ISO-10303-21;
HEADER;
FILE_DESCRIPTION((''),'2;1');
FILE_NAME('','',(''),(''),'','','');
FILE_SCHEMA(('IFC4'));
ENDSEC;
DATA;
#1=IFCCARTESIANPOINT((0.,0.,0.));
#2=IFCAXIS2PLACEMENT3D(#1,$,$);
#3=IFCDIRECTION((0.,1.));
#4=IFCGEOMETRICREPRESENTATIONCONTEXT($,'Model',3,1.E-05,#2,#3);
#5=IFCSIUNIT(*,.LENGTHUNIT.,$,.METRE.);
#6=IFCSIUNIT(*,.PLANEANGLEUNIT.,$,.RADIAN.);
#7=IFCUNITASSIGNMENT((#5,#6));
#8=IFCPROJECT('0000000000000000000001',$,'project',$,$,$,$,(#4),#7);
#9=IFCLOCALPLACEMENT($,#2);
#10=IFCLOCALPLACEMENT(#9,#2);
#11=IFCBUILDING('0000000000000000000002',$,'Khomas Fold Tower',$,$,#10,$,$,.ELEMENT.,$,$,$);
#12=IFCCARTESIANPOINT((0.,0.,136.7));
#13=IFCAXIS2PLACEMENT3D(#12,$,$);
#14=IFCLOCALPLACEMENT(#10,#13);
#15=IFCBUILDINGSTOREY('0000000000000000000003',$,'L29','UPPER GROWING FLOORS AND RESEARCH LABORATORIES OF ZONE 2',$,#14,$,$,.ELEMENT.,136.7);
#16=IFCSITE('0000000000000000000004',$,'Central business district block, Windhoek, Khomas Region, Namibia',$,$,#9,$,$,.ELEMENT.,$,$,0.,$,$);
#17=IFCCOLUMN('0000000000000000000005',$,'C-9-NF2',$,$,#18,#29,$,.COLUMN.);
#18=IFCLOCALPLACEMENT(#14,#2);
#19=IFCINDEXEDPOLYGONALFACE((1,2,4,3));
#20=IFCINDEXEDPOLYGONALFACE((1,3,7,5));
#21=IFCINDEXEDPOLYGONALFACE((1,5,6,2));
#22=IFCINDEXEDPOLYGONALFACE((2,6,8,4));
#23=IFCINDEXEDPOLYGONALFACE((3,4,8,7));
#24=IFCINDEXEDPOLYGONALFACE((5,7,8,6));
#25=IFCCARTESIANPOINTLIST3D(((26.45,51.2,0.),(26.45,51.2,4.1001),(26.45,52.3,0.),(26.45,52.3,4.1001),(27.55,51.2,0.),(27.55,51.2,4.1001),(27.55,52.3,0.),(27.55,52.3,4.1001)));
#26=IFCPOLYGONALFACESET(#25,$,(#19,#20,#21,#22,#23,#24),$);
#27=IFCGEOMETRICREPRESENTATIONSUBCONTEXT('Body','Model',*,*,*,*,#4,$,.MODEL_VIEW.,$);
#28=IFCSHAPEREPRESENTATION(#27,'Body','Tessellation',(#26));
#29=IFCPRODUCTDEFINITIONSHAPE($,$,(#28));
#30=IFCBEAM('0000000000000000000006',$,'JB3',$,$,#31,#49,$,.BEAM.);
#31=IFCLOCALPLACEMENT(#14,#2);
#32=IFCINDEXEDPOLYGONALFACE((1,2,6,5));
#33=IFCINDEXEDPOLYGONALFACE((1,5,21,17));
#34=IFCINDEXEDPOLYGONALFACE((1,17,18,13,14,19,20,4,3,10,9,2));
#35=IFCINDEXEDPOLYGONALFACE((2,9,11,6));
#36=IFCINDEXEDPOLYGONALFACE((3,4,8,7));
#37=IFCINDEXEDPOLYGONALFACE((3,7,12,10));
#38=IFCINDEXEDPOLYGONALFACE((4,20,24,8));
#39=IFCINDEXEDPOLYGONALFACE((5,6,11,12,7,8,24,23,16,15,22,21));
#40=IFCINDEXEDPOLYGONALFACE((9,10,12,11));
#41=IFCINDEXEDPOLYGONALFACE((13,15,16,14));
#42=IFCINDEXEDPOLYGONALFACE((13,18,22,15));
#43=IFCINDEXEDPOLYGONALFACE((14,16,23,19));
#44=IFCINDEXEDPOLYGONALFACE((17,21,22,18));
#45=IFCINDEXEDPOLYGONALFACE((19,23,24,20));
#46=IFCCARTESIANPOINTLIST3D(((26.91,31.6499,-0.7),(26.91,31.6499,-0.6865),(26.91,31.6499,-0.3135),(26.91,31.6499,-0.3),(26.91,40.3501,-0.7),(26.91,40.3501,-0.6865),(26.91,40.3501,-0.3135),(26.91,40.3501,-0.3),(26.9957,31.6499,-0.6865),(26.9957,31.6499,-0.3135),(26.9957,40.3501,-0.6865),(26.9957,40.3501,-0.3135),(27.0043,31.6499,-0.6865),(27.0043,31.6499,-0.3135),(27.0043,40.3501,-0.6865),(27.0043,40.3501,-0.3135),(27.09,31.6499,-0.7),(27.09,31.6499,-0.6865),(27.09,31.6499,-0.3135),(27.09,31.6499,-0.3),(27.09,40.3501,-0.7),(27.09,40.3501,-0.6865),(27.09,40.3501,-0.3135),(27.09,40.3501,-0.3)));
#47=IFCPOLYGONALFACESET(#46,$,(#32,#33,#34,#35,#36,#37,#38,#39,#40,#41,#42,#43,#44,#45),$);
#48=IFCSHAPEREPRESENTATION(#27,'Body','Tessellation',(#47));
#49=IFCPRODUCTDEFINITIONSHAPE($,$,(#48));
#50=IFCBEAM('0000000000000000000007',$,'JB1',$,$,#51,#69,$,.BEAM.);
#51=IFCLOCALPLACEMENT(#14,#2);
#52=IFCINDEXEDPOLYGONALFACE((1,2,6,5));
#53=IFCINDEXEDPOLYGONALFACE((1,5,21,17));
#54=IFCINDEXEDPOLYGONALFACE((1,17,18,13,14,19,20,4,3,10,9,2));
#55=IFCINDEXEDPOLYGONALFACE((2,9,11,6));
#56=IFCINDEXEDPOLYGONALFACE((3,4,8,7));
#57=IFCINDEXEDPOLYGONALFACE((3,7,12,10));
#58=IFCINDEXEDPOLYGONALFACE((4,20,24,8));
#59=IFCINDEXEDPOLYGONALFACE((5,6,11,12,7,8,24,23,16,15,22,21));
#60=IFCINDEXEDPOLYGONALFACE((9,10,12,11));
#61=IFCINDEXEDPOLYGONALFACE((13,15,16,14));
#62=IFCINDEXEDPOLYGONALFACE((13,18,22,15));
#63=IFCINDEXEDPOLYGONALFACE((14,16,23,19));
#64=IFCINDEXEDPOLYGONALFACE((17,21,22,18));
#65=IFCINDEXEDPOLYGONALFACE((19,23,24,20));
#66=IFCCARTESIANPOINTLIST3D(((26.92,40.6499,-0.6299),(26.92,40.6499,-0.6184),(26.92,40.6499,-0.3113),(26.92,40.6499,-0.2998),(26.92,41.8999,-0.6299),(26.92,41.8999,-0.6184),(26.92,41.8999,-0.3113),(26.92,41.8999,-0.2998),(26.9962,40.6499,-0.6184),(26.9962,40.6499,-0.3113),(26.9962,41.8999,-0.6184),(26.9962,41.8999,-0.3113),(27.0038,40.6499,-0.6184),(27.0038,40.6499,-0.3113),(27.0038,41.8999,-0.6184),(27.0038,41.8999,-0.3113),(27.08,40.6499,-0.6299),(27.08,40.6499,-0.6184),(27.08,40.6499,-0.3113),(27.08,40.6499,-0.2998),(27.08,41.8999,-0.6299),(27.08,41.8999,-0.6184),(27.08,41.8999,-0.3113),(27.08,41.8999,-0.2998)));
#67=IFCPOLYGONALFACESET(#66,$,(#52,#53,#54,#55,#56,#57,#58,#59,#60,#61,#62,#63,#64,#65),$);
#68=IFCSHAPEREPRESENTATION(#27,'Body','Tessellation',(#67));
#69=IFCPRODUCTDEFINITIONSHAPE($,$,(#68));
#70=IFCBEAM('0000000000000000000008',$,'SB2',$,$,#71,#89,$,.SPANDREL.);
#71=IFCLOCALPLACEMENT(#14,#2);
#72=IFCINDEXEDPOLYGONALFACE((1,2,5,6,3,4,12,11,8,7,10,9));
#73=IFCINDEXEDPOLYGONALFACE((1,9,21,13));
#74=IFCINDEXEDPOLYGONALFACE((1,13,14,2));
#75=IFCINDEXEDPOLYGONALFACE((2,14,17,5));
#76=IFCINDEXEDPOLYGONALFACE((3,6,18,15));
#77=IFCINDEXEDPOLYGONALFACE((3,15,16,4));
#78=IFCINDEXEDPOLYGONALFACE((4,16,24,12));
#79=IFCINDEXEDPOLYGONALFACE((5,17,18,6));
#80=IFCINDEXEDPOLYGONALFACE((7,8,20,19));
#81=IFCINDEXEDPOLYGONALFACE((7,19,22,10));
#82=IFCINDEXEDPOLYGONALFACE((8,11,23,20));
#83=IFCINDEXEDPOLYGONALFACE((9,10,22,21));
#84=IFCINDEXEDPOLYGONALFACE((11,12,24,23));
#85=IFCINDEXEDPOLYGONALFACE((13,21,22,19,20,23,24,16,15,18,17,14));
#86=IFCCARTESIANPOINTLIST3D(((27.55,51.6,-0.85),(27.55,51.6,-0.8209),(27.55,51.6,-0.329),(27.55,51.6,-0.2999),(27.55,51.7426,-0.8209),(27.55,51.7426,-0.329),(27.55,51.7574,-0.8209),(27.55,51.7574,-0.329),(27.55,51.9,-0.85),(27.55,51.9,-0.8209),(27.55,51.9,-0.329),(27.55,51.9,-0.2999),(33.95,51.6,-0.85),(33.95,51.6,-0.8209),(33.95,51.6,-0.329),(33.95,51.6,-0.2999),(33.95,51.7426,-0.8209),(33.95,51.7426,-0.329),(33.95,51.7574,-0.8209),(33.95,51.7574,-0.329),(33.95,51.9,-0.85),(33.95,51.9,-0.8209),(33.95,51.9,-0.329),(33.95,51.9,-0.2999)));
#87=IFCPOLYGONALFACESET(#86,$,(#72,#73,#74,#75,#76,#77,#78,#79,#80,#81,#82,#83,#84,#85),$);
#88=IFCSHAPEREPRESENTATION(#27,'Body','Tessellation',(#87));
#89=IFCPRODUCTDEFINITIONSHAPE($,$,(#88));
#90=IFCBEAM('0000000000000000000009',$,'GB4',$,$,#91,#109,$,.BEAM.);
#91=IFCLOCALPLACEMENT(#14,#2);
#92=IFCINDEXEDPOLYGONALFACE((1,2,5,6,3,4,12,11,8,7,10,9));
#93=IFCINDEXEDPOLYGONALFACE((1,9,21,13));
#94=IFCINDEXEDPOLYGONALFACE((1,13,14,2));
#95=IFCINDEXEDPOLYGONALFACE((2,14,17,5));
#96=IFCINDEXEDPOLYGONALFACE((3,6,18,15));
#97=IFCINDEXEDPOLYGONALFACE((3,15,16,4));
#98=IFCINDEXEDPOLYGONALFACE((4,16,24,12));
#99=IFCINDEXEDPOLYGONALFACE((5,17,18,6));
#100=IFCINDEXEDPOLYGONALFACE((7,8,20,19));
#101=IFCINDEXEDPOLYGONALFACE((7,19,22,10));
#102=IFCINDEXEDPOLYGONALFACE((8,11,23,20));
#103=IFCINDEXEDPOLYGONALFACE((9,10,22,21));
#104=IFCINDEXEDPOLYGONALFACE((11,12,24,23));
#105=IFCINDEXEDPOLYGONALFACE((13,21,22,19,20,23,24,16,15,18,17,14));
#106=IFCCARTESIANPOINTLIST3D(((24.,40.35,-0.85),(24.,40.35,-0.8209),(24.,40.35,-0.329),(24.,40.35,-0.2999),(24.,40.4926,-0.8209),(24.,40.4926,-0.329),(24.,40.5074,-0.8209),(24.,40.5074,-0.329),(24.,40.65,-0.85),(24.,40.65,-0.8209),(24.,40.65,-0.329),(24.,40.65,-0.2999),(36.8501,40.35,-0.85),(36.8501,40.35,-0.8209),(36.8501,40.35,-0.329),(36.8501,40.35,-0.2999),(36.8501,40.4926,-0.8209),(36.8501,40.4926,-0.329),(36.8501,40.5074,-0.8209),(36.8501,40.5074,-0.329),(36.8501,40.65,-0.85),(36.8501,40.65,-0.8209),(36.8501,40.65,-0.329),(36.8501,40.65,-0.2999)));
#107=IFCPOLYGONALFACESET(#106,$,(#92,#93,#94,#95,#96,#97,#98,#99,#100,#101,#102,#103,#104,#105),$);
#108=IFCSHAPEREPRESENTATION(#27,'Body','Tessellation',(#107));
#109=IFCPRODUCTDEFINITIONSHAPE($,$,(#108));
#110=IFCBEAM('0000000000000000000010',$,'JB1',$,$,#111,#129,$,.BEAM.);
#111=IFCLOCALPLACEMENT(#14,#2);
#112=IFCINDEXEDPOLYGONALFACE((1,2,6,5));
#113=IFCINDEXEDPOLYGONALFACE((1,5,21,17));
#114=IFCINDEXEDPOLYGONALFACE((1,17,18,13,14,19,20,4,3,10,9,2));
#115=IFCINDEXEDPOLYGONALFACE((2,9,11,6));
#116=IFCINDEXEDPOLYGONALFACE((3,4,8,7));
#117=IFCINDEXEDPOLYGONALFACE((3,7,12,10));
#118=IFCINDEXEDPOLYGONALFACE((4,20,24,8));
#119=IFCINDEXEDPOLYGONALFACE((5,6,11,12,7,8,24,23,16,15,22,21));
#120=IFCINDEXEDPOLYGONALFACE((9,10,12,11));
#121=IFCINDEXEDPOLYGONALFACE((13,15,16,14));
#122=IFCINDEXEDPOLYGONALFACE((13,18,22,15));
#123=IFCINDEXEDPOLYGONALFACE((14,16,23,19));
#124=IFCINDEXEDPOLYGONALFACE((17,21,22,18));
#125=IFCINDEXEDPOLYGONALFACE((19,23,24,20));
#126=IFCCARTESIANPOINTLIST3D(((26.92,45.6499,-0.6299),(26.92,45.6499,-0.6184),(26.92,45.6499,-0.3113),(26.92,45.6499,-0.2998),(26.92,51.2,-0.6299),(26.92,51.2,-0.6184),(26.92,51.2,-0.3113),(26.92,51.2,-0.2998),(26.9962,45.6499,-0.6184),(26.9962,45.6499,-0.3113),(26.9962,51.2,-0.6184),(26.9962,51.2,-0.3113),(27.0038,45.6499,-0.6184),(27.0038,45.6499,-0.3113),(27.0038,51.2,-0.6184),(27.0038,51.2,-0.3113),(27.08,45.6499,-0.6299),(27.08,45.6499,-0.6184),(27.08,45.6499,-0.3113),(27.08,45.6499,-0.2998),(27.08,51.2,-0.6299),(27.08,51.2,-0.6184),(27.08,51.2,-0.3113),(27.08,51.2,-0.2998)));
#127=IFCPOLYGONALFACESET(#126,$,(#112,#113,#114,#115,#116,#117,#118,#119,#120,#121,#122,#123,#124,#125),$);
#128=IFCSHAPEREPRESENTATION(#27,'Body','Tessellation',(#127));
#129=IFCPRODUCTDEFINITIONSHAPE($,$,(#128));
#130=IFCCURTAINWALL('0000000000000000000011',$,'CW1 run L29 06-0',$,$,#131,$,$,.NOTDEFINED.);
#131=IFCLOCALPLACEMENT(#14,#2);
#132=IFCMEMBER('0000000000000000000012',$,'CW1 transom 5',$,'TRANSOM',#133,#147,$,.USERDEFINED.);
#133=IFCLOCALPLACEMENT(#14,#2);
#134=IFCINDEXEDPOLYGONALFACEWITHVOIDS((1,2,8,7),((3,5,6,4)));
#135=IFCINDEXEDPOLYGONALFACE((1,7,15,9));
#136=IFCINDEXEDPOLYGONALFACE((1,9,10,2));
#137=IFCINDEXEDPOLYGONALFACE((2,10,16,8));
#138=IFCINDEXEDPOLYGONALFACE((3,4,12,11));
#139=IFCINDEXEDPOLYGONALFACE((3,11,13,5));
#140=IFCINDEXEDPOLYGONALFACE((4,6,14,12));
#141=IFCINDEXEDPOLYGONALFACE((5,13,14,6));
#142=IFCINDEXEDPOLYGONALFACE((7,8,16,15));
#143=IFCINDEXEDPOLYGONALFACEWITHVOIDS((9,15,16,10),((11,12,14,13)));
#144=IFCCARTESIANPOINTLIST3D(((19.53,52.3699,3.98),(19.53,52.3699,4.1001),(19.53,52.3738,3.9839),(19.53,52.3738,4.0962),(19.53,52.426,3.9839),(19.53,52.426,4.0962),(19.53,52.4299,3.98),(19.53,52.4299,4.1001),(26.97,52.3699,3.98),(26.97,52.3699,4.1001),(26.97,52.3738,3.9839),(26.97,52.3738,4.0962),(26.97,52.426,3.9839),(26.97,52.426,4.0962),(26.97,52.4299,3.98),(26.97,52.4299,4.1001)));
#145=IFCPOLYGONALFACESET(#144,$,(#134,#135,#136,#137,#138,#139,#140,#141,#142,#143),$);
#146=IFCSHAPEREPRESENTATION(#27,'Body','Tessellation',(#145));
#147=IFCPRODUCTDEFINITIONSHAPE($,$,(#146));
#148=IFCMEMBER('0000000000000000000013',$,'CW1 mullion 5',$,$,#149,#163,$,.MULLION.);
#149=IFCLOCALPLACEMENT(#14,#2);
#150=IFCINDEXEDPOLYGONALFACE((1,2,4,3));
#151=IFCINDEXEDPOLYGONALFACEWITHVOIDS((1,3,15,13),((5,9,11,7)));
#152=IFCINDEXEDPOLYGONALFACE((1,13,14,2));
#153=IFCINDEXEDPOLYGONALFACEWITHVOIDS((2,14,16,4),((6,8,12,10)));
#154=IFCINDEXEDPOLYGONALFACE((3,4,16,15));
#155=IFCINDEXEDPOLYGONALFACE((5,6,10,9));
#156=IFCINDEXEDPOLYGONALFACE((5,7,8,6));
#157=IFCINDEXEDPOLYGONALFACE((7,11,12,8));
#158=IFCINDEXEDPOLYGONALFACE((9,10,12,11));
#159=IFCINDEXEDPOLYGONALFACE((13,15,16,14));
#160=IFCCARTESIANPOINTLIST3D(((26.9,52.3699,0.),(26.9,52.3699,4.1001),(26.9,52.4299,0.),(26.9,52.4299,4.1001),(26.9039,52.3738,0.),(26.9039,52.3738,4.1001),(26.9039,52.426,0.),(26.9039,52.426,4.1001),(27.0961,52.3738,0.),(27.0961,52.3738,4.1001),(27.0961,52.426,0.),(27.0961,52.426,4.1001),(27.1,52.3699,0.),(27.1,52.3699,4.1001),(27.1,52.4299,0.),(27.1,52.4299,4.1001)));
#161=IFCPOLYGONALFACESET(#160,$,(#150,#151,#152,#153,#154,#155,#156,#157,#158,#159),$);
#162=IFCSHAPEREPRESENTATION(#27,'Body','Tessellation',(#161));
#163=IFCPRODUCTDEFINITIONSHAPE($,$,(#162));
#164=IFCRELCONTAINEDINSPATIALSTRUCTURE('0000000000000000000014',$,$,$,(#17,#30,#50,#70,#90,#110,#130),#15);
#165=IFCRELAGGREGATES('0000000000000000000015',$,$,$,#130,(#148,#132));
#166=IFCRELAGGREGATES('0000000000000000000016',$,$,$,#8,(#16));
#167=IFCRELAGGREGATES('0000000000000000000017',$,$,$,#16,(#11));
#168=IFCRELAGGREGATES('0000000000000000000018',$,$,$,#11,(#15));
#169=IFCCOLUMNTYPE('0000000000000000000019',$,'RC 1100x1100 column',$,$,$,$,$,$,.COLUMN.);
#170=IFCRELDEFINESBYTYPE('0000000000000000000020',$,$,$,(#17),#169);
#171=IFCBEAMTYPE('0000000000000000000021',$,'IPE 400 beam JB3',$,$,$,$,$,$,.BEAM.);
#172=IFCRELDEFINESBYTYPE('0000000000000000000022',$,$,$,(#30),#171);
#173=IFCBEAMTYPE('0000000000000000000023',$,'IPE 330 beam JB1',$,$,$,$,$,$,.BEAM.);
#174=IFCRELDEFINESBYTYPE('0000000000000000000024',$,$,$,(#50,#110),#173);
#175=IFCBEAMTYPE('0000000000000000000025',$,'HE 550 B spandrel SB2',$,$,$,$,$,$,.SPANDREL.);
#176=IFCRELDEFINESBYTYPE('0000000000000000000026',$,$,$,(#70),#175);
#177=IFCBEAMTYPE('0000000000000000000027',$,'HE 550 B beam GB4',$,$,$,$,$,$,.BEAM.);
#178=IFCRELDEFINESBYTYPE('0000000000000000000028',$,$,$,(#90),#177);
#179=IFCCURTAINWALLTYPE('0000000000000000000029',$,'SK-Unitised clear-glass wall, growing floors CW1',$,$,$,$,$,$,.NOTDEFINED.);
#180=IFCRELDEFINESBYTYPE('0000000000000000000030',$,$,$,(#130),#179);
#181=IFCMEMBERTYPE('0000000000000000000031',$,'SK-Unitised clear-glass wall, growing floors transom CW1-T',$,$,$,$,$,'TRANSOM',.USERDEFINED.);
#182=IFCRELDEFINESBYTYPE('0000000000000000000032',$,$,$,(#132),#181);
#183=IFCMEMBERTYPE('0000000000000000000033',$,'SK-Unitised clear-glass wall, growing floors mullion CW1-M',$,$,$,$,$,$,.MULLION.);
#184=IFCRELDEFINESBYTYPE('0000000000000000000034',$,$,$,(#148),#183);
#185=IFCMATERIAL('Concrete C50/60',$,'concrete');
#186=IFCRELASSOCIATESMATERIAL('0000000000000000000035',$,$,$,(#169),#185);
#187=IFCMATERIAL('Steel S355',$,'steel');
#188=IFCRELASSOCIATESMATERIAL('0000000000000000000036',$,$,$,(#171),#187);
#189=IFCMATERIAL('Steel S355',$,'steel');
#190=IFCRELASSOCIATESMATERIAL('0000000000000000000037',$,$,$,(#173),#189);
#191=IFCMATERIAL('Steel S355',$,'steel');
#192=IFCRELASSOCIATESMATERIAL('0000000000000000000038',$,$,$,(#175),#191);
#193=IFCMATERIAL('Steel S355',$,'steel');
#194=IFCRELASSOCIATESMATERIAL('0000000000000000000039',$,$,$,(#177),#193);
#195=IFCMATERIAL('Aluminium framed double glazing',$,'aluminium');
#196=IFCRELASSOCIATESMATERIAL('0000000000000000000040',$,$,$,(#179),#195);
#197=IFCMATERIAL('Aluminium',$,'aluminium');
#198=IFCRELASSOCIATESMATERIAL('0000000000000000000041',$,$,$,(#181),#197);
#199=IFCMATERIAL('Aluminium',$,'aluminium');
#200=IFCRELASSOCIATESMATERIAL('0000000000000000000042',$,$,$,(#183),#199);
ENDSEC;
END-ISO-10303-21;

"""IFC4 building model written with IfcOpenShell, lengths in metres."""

from ifc_helpers import new_model, si_unit, direction, frame, origin, origin_2d, place, context, subcontext, project, spatial, rectangle, hollow_rectangle, i_section, extrude, source, transform, mapped, material, material_profile, profile_set, type_object, element, aggregate, save


model = new_model("IFC4")

# Units and contexts
model_context = context("Model", 3, precision=1e-05, world=origin(), true_north=direction((0.0, 1.0)))
body_context = subcontext(model_context, "Body", "Model", "MODEL_VIEW")
ifc_project = project(units=[si_unit("LENGTHUNIT", "METRE"), si_unit("PLANEANGLEUNIT", "RADIAN")], contexts=[model_context])

# Site, building, storey
site_placement = place(None, origin())
site = spatial("IfcSite", under=ifc_project, at=site_placement, Name="Central business district block, Windhoek, Khomas Region, Namibia", CompositionType="ELEMENT", RefElevation=0.0)
building_placement = place(site_placement, origin())
building = spatial("IfcBuilding", under=site, at=building_placement, Name="Khomas Fold Tower", CompositionType="ELEMENT")
storey_placement = place(building_placement, frame((0.0, 0.0, 136.7)))
storey = spatial("IfcBuildingStorey", under=building, at=storey_placement, Name="L29", Description="UPPER GROWING FLOORS AND RESEARCH LABORATORIES OF ZONE 2", CompositionType="ELEMENT", Elevation=136.7)

# Column
ifc_material_1 = material(Name="Concrete C50/60", Category="concrete")
ifc_material_profile_1 = material_profile(ifc_material_1, rectangle(XDim=1.1001, YDim=1.1001, at=origin_2d()), Name="RC 1100x1100")
ifc_profile_set_1 = profile_set([ifc_material_profile_1], Name="Concrete C50/60")
column_type = type_object("IfcColumnType", Name="RC 1100x1100 column", PredefinedType="COLUMN", material=ifc_profile_set_1)
shared_shape_1 = source(origin(), body_context, "Body", "SweptSolid", [
    extrude(rectangle(XDim=1.1001, YDim=1.1001, at=origin_2d()), origin(), (0.0, 0.0, 1.0), 4.1001),
])
column_placement = place(storey_placement, frame((27.0, 51.75, 0.0), z_axis=(0.0, 0.0, 1.0), x_axis=(1.0, 0.0, 0.0)))
element("IfcColumn", 1, at=column_placement, inside=storey, type_object=column_type, Name="C-9-NF2", PredefinedType="COLUMN", context=body_context, shape_type="MappedRepresentation", body=[
    mapped(shared_shape_1, transform((0.0, 0.0, 0.0))),
])

# Beams
ifc_material_2 = material(Name="Steel S355", Category="steel")
ifc_material_profile_2 = material_profile(ifc_material_2, i_section(OverallWidth=0.1799, OverallDepth=0.3999, WebThickness=0.0085, FlangeThickness=0.0134, at=origin_2d()), Name="IPE 400")
ifc_profile_set_2 = profile_set([ifc_material_profile_2], Name="Steel S355")
beam_type_1 = type_object("IfcBeamType", Name="IPE 400 beam JB3", PredefinedType="BEAM", material=ifc_profile_set_2)
shared_shape_2 = source(origin(), body_context, "Body", "SweptSolid", [
    extrude(i_section(OverallWidth=0.1799, OverallDepth=0.3999, WebThickness=0.0085, FlangeThickness=0.0134, at=origin_2d()), origin(), (0.0, 0.0, 1.0), 8.7002),
])
beam_1_placement = place(storey_placement, frame((27.0, 31.6499, -0.5), z_axis=(0.0, 1.0, 0.0), x_axis=(-1.0, 0.0, 0.0)))
element("IfcBeam", 2, at=beam_1_placement, inside=storey, type_object=beam_type_1, Name="JB3", PredefinedType="BEAM", context=body_context, shape_type="MappedRepresentation", body=[
    mapped(shared_shape_2, transform((0.0, 0.0, 0.0))),
])
ifc_material_3 = material(Name="Steel S355", Category="steel")
ifc_material_profile_3 = material_profile(ifc_material_3, i_section(OverallWidth=0.1599, OverallDepth=0.3301, WebThickness=0.0076, FlangeThickness=0.0115, at=origin_2d()), Name="IPE 330")
ifc_profile_set_3 = profile_set([ifc_material_profile_3], Name="Steel S355")
beam_type_2 = type_object("IfcBeamType", Name="IPE 330 beam JB1", PredefinedType="BEAM", material=ifc_profile_set_3)
shared_shape_3 = source(origin(), body_context, "Body", "SweptSolid", [
    extrude(i_section(OverallWidth=0.1599, OverallDepth=0.3301, WebThickness=0.0076, FlangeThickness=0.0115, at=origin_2d()), origin(), (0.0, 0.0, 1.0), 1.25),
])
beam_2_placement = place(storey_placement, frame((27.0, 40.6499, -0.4648), z_axis=(0.0, 1.0, 0.0), x_axis=(-1.0, 0.0, 0.0)))
element("IfcBeam", 3, at=beam_2_placement, inside=storey, type_object=beam_type_2, Name="JB1", PredefinedType="BEAM", context=body_context, shape_type="MappedRepresentation", body=[
    mapped(shared_shape_3, transform((0.0, 0.0, 0.0))),
])
ifc_material_4 = material(Name="Steel S355", Category="steel")
ifc_material_profile_4 = material_profile(ifc_material_4, i_section(OverallWidth=0.3, OverallDepth=0.55, WebThickness=0.0149, FlangeThickness=0.0291, at=origin_2d()), Name="HE 550 B")
ifc_profile_set_4 = profile_set([ifc_material_profile_4], Name="Steel S355")
beam_type_3 = type_object("IfcBeamType", Name="HE 550 B spandrel SB2", PredefinedType="SPANDREL", material=ifc_profile_set_4)
shared_shape_4 = source(origin(), body_context, "Body", "SweptSolid", [
    extrude(i_section(OverallWidth=0.3, OverallDepth=0.55, WebThickness=0.0149, FlangeThickness=0.0291, at=origin_2d()), origin(), (0.0, 0.0, 1.0), 6.3999),
])
beam_3_placement = place(storey_placement, frame((27.55, 51.75, -0.575), z_axis=(1.0, 0.0, 0.0), x_axis=(0.0, 1.0, 0.0)))
element("IfcBeam", 4, at=beam_3_placement, inside=storey, type_object=beam_type_3, Name="SB2", PredefinedType="SPANDREL", context=body_context, shape_type="MappedRepresentation", body=[
    mapped(shared_shape_4, transform((0.0, 0.0, 0.0))),
])
ifc_material_5 = material(Name="Steel S355", Category="steel")
ifc_material_profile_5 = material_profile(ifc_material_5, i_section(OverallWidth=0.3, OverallDepth=0.55, WebThickness=0.0149, FlangeThickness=0.0291, at=origin_2d()), Name="HE 550 B")
ifc_profile_set_5 = profile_set([ifc_material_profile_5], Name="Steel S355")
beam_type_4 = type_object("IfcBeamType", Name="HE 550 B beam GB4", PredefinedType="BEAM", material=ifc_profile_set_5)
shared_shape_5 = source(origin(), body_context, "Body", "SweptSolid", [
    extrude(i_section(OverallWidth=0.3, OverallDepth=0.55, WebThickness=0.0149, FlangeThickness=0.0291, at=origin_2d()), origin(), (0.0, 0.0, 1.0), 12.8501),
])
beam_4_placement = place(storey_placement, frame((24.0, 40.5, -0.575), z_axis=(1.0, 0.0, 0.0), x_axis=(0.0, 1.0, 0.0)))
element("IfcBeam", 5, at=beam_4_placement, inside=storey, type_object=beam_type_4, Name="GB4", PredefinedType="BEAM", context=body_context, shape_type="MappedRepresentation", body=[
    mapped(shared_shape_5, transform((0.0, 0.0, 0.0))),
])
shared_shape_6 = source(origin(), body_context, "Body", "SweptSolid", [
    extrude(i_section(OverallWidth=0.1599, OverallDepth=0.3301, WebThickness=0.0076, FlangeThickness=0.0115, at=origin_2d()), origin(), (0.0, 0.0, 1.0), 5.55),
])
beam_5_placement = place(storey_placement, frame((27.0, 45.6499, -0.4648), z_axis=(0.0, 1.0, 0.0), x_axis=(-1.0, 0.0, 0.0)))
element("IfcBeam", 6, at=beam_5_placement, inside=storey, type_object=beam_type_2, Name="JB1", PredefinedType="BEAM", context=body_context, shape_type="MappedRepresentation", body=[
    mapped(shared_shape_6, transform((0.0, 0.0, 0.0))),
])

# Curtain wall, members
ifc_material_6 = material(Name="Aluminium framed double glazing", Category="aluminium")
curtain_wall_type = type_object("IfcCurtainWallType", Name="SK-Unitised clear-glass wall, growing floors CW1", PredefinedType="NOTDEFINED", material=ifc_material_6)
curtain_wall_placement = place(storey_placement, origin())
curtain_wall = element("IfcCurtainWall", 7, at=curtain_wall_placement, inside=storey, type_object=curtain_wall_type, Name="CW1 run L29 06-0", PredefinedType="NOTDEFINED")
ifc_material_7 = material(Name="Aluminium", Category="aluminium")
ifc_material_profile_6 = material_profile(ifc_material_7, hollow_rectangle(XDim=0.0601, YDim=0.1201, WallThickness=0.0039, at=origin_2d()), Name="SK-Unitised clear-glass wall, growing floors transom CW1-T")
ifc_profile_set_6 = profile_set([ifc_material_profile_6], Name="Aluminium")
member_type_1 = type_object("IfcMemberType", Name="SK-Unitised clear-glass wall, growing floors transom CW1-T", ElementType="TRANSOM", PredefinedType="USERDEFINED", material=ifc_profile_set_6)
shared_shape_7 = source(origin(), body_context, "Body", "SweptSolid", [
    extrude(hollow_rectangle(XDim=0.0601, YDim=0.1201, WallThickness=0.0039, at=origin_2d()), origin(), (0.0, 0.0, 1.0), 7.4399),
])
member_1_placement = place(storey_placement, frame((26.97, 52.3999, 4.04), z_axis=(-1.0, 0.0, 0.0), x_axis=(0.0, -1.0, 0.0)))
member_1 = element("IfcMember", 8, at=member_1_placement, type_object=member_type_1, Name="CW1 transom 5", ObjectType="TRANSOM", PredefinedType="USERDEFINED", context=body_context, shape_type="MappedRepresentation", body=[
    mapped(shared_shape_7, transform((0.0, 0.0, 0.0))),
])
ifc_material_8 = material(Name="Aluminium", Category="aluminium")
ifc_material_profile_7 = material_profile(ifc_material_8, hollow_rectangle(XDim=0.0601, YDim=0.2, WallThickness=0.0039, at=origin_2d()), Name="SK-Unitised clear-glass wall, growing floors mullion CW1-M")
ifc_profile_set_7 = profile_set([ifc_material_profile_7], Name="Aluminium")
member_type_2 = type_object("IfcMemberType", Name="SK-Unitised clear-glass wall, growing floors mullion CW1-M", PredefinedType="MULLION", material=ifc_profile_set_7)
shared_shape_8 = source(origin(), body_context, "Body", "SweptSolid", [
    extrude(hollow_rectangle(XDim=0.0601, YDim=0.2, WallThickness=0.0039, at=origin_2d()), origin(), (0.0, 0.0, 1.0), 4.1001),
])
member_2_placement = place(storey_placement, frame((27.0, 52.3999, 0.0), z_axis=(0.0, 0.0, 1.0), x_axis=(0.0, -1.0, 0.0)))
member_2 = element("IfcMember", 9, at=member_2_placement, type_object=member_type_2, Name="CW1 mullion 5", PredefinedType="MULLION", context=body_context, shape_type="MappedRepresentation", body=[
    mapped(shared_shape_8, transform((0.0, 0.0, 0.0))),
])
aggregate(curtain_wall, [member_2, member_1])

save(model, "model.ifc")
